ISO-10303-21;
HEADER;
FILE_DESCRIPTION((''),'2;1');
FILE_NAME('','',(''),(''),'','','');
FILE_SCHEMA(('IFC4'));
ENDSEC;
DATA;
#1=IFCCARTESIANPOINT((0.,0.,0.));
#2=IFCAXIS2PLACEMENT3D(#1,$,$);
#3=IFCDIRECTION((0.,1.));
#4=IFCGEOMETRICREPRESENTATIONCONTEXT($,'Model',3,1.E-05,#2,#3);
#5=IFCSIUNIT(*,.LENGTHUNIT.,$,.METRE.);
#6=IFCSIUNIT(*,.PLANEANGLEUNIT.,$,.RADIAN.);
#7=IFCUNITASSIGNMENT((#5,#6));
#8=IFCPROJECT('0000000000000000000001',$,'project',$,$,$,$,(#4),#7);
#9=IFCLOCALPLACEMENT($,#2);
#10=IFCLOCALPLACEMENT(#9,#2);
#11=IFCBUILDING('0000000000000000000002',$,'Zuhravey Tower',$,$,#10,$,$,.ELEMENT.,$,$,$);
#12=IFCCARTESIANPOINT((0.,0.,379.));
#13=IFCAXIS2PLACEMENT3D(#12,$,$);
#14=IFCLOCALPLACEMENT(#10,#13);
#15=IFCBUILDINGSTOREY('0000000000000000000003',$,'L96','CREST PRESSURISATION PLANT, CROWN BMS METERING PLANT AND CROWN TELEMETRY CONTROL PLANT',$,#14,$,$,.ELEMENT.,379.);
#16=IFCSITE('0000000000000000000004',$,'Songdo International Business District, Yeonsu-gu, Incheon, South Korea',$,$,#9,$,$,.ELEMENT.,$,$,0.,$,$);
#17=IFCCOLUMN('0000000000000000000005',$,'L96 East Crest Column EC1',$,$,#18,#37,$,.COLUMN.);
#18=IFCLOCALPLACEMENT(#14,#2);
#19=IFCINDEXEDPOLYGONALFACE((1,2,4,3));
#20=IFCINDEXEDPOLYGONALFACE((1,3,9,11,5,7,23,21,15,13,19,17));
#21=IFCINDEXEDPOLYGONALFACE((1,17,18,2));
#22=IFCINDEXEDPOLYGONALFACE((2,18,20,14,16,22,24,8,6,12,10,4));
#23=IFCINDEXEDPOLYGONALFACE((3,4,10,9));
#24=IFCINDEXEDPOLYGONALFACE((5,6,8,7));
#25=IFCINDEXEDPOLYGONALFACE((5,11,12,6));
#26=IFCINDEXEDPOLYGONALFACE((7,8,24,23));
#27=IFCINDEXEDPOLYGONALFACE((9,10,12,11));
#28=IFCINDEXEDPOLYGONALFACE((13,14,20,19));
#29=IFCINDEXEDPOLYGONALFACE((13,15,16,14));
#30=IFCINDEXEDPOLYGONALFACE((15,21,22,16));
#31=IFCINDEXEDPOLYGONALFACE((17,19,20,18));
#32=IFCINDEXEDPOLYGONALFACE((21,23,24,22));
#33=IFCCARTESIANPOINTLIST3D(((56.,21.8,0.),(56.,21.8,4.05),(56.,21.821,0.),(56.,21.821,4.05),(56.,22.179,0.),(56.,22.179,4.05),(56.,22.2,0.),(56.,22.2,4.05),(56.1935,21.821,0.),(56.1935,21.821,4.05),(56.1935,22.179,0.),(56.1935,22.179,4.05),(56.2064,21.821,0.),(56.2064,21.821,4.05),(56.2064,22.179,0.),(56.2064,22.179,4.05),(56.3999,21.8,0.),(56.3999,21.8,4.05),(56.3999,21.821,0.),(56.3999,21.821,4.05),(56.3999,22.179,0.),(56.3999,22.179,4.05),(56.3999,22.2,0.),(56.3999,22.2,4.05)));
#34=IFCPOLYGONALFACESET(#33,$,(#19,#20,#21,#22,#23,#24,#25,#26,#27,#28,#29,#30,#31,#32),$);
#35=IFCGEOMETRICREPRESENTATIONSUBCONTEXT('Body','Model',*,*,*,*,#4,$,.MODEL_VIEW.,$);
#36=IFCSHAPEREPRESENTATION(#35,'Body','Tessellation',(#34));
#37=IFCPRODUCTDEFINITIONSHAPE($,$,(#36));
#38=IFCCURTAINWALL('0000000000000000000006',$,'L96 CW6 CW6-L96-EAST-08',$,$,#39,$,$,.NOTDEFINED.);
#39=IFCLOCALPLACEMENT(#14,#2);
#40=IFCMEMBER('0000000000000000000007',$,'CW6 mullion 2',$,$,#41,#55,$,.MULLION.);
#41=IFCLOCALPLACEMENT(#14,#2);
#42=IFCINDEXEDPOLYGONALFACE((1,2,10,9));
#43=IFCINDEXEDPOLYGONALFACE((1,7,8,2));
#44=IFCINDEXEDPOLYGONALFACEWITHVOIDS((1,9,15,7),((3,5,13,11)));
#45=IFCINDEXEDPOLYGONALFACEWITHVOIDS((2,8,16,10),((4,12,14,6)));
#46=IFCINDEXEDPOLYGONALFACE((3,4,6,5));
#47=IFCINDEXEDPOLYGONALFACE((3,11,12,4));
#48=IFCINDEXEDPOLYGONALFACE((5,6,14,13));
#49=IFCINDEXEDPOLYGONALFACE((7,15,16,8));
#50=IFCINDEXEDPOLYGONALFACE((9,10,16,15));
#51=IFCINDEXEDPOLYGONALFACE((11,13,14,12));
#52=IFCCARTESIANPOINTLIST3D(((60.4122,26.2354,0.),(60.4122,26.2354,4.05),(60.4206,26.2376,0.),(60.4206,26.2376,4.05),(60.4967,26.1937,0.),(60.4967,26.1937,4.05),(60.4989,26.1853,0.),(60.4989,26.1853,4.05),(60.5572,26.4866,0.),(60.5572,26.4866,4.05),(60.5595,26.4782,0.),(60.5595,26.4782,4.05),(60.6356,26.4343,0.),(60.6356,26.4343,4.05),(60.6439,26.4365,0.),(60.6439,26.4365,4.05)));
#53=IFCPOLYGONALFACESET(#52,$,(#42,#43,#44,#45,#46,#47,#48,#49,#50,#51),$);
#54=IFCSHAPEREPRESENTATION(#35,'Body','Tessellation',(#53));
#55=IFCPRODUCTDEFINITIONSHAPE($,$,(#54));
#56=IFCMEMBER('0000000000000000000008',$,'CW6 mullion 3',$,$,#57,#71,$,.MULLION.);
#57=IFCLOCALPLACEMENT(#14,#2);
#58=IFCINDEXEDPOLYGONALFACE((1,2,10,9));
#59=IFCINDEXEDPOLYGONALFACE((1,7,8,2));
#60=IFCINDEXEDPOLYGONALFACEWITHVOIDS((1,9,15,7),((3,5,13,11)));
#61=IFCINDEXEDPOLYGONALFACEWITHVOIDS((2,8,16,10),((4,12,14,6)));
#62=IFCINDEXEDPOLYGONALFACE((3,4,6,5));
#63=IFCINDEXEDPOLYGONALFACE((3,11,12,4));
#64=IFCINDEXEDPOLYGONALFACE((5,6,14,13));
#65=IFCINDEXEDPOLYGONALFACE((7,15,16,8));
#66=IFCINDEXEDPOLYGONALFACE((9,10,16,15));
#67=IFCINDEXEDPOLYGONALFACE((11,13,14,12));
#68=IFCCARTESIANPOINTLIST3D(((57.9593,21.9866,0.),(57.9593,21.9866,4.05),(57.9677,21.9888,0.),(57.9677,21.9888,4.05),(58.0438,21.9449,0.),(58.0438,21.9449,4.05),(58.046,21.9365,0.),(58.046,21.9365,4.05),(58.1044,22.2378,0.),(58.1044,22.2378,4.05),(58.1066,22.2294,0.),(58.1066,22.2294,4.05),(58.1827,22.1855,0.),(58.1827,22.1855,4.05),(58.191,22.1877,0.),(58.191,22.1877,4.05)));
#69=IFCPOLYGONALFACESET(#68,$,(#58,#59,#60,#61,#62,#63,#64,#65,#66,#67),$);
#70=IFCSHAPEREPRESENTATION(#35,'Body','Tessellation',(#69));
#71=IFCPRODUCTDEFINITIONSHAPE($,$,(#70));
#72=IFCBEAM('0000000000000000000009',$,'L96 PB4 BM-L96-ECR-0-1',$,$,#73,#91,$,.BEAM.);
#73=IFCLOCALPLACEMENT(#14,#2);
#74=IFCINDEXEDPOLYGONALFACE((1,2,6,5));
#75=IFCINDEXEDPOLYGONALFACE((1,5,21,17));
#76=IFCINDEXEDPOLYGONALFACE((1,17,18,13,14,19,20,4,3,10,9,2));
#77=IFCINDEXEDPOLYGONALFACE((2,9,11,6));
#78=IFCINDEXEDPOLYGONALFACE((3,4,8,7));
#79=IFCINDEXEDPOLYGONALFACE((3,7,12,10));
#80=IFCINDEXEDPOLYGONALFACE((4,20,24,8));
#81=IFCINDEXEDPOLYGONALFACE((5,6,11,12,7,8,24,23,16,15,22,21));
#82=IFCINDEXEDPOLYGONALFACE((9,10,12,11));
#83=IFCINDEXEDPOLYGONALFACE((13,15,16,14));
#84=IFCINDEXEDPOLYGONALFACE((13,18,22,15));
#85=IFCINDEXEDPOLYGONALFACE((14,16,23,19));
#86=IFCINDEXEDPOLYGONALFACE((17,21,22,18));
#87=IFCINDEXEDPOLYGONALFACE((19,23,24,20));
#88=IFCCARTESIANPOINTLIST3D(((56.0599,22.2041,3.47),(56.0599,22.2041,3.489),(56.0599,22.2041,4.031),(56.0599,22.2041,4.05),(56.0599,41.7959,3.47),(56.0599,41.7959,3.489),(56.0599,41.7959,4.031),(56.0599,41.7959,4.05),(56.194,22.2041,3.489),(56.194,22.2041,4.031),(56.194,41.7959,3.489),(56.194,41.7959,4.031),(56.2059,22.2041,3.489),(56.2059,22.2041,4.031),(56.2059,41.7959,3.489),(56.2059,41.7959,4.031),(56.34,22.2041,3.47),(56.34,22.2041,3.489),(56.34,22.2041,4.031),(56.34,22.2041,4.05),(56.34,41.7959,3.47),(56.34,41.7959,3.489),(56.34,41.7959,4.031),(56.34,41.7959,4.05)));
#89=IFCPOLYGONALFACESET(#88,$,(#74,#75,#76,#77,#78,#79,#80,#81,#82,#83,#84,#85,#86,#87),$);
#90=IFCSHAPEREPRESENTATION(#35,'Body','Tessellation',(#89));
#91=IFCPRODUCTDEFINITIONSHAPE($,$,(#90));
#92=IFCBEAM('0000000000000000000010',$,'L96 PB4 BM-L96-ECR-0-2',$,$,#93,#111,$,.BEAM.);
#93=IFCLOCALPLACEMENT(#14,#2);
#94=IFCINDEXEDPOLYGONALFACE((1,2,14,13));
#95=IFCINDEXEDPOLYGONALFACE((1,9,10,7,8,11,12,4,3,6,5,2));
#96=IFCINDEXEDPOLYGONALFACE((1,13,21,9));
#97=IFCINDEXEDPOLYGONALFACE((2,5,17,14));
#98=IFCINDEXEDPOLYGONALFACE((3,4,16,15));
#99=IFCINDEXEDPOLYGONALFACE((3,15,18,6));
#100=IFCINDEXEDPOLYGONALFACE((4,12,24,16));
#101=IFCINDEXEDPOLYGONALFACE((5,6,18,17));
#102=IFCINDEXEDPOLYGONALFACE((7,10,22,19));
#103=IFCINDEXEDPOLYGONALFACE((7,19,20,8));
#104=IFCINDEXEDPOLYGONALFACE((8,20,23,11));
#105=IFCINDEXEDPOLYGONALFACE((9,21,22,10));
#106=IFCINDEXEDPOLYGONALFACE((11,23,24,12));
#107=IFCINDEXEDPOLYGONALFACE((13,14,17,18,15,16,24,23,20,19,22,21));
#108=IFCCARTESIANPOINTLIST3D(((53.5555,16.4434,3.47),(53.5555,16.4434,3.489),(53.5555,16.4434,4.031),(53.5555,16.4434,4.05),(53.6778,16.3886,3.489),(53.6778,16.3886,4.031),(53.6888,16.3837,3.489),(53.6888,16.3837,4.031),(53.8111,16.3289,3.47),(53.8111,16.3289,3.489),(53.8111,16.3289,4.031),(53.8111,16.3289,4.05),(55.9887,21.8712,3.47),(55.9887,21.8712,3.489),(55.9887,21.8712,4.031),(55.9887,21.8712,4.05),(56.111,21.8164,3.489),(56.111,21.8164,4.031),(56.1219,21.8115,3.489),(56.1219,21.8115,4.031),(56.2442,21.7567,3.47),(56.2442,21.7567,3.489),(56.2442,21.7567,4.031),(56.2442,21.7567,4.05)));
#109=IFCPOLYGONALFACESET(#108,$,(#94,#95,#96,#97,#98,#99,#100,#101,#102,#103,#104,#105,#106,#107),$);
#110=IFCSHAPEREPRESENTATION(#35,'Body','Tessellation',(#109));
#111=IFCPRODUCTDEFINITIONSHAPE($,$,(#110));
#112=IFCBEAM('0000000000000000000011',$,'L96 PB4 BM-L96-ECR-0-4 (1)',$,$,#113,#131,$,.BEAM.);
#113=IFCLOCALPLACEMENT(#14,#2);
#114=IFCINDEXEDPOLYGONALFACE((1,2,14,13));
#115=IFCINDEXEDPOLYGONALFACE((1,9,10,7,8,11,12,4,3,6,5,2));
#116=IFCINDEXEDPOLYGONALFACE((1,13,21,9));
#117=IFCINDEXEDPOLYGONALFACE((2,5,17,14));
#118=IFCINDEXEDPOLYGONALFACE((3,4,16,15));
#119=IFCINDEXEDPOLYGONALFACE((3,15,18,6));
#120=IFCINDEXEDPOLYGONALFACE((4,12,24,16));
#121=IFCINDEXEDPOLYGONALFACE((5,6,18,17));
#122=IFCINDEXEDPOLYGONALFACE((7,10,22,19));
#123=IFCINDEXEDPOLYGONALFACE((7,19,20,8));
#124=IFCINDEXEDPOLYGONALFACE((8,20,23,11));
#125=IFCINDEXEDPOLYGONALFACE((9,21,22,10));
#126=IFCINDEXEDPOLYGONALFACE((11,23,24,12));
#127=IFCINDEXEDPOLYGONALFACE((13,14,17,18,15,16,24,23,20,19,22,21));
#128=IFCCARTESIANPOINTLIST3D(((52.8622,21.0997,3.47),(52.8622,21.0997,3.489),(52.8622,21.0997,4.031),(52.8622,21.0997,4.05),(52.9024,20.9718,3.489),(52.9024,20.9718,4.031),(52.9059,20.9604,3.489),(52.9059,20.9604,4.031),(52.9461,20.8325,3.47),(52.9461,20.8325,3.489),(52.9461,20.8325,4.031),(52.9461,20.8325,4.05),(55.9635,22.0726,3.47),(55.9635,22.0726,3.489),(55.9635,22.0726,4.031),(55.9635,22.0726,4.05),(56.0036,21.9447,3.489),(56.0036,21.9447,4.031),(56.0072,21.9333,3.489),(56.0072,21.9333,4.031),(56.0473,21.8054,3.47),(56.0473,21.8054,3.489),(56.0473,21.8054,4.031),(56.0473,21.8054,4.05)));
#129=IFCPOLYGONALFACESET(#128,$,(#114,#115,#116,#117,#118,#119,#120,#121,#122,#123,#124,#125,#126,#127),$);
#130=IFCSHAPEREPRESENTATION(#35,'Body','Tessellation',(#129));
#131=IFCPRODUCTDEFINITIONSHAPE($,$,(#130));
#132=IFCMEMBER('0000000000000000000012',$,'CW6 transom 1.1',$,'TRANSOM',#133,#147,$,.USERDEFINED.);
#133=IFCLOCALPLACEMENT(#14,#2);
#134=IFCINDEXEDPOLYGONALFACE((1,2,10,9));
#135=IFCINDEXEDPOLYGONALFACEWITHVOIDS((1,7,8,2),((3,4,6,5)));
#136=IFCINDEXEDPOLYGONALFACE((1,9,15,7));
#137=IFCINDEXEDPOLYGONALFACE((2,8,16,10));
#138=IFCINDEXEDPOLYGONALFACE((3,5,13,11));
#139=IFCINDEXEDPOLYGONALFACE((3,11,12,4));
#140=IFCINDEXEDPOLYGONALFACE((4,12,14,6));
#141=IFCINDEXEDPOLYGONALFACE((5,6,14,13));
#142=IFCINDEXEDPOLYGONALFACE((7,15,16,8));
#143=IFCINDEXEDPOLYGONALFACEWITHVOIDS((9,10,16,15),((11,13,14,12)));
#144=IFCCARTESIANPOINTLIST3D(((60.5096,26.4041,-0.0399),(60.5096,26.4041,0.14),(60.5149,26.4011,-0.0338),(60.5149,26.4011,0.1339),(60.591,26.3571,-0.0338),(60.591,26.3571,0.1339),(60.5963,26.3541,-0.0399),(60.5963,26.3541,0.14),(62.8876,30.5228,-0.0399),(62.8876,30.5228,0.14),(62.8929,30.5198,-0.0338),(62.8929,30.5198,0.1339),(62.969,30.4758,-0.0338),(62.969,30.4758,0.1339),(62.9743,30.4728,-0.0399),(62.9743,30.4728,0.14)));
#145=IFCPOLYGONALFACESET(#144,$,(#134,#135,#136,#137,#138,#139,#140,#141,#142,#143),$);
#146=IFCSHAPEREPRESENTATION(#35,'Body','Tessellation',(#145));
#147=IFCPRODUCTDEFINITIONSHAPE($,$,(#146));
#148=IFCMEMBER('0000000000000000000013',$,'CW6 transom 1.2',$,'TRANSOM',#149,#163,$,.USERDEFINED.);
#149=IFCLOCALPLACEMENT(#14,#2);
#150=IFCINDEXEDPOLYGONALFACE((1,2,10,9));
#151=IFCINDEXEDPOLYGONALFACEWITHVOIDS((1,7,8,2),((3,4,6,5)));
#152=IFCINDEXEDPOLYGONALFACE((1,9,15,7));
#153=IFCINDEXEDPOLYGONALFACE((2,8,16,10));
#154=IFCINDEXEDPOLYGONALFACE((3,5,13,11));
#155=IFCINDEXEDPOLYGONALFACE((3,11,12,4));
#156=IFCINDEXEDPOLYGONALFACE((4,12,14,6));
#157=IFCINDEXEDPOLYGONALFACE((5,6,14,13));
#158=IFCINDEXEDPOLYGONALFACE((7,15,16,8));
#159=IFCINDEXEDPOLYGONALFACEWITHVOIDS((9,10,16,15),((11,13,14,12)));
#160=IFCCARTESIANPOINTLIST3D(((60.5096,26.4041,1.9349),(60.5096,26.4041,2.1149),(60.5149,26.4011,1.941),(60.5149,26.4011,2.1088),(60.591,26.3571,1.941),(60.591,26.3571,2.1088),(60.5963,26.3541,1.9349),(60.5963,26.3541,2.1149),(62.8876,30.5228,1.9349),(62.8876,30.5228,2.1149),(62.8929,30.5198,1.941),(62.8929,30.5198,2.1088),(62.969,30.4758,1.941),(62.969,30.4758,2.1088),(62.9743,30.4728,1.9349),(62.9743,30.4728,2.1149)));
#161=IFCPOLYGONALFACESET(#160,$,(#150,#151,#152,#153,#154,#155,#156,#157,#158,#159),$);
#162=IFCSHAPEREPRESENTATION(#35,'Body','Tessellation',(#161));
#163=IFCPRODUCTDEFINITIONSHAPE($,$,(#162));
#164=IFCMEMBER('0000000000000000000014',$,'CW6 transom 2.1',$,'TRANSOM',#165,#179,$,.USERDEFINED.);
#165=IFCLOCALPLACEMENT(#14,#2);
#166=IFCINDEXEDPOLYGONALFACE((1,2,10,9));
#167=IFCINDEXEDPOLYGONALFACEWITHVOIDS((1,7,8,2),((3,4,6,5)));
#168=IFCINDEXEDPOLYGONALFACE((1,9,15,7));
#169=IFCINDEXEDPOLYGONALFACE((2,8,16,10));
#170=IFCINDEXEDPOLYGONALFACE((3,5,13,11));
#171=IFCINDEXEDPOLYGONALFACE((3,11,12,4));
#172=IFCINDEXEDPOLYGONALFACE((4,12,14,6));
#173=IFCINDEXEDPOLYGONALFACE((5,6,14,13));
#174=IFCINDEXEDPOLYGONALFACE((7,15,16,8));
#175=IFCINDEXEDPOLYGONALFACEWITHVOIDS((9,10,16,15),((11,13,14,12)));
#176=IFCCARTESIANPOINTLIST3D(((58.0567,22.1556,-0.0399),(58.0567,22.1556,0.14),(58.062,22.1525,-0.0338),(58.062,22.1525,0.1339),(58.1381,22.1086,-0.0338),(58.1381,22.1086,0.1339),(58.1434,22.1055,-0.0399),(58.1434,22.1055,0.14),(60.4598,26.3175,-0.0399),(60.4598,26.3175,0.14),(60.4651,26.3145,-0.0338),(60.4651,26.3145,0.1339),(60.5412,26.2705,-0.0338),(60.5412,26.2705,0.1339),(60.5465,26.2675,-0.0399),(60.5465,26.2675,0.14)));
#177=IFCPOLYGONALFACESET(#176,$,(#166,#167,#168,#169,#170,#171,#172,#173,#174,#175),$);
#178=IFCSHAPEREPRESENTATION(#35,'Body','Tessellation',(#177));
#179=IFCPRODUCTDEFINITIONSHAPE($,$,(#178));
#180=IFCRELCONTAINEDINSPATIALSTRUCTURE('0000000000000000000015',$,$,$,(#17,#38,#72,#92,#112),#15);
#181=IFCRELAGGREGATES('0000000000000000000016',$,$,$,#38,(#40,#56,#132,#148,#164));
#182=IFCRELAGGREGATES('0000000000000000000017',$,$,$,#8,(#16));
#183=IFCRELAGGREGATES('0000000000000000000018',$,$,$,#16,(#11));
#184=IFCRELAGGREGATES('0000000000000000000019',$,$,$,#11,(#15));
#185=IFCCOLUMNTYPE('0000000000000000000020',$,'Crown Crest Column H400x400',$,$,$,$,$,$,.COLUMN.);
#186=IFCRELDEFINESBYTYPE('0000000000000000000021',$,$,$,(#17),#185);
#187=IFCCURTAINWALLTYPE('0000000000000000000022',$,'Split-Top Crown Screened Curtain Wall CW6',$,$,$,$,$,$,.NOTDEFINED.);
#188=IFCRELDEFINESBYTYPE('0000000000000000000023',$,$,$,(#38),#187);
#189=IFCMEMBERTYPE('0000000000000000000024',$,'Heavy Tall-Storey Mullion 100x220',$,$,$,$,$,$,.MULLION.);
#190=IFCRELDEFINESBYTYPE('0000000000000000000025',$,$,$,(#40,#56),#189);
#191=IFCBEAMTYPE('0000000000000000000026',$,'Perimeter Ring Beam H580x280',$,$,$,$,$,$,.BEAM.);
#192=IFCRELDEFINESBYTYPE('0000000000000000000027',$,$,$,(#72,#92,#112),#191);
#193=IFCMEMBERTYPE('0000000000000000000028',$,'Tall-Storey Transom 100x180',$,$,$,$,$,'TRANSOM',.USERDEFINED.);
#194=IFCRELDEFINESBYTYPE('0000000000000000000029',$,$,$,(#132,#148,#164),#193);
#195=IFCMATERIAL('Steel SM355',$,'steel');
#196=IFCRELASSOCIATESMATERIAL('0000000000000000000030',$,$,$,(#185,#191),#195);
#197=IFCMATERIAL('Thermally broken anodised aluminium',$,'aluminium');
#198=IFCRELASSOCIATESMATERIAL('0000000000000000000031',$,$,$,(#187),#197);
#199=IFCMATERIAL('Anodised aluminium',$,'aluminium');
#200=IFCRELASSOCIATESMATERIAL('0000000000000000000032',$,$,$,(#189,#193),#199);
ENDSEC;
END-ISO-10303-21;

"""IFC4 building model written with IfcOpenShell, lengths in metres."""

from ifc_helpers import new_model, si_unit, direction, frame, origin, origin_2d, place, context, subcontext, project, spatial, hollow_rectangle, i_section, extrude, material, material_profile, profile_set, type_object, element, aggregate, save


model = new_model("IFC4")

# Units and contexts
model_context = context("Model", 3, precision=1e-05, world=origin(), true_north=direction((0.0, 1.0)))
body_context = subcontext(model_context, "Body", "Model", "MODEL_VIEW")
ifc_project = project(units=[si_unit("LENGTHUNIT", "METRE"), si_unit("PLANEANGLEUNIT", "RADIAN")], contexts=[model_context])

# Site, building, storey
site_placement = place(None, origin())
site = spatial("IfcSite", under=ifc_project, at=site_placement, Name="Songdo International Business District, Yeonsu-gu, Incheon, South Korea", CompositionType="ELEMENT", RefElevation=0.0)
building_placement = place(site_placement, origin())
building = spatial("IfcBuilding", under=site, at=building_placement, Name="Zuhravey Tower", CompositionType="ELEMENT")
storey_placement = place(building_placement, frame((0.0, 0.0, 379.0)))
storey = spatial("IfcBuildingStorey", under=building, at=storey_placement, Name="L96", Description="CREST PRESSURISATION PLANT, CROWN BMS METERING PLANT AND CROWN TELEMETRY CONTROL PLANT", CompositionType="ELEMENT", Elevation=379.0)

# Column
ifc_material_1 = material(Name="Steel SM355", Category="steel")
ifc_material_profile_1 = material_profile(ifc_material_1, i_section(OverallWidth=0.3999, OverallDepth=0.3999, WebThickness=0.0129, FlangeThickness=0.021, at=origin_2d()), Name="H-400x400x13x21")
ifc_profile_set_1 = profile_set([ifc_material_profile_1], Name="Steel SM355")
column_type = type_object("IfcColumnType", Name="Crown Crest Column H400x400", PredefinedType="COLUMN", material=ifc_profile_set_1)
column_placement = place(storey_placement, frame((56.2, 22.0, 0.0), z_axis=(0.0, 0.0, 1.0), x_axis=(1.0, 0.0, 0.0)))
element("IfcColumn", 1, at=column_placement, inside=storey, type_object=column_type, Name="L96 East Crest Column EC1", PredefinedType="COLUMN", context=body_context, shape_type="SweptSolid", body=[
    extrude(i_section(OverallWidth=0.3999, OverallDepth=0.3999, WebThickness=0.0129, FlangeThickness=0.021, at=origin_2d()), origin(), (0.0, 0.0, 1.0), 4.05),
])

# Curtain wall, members
ifc_material_2 = material(Name="Thermally broken anodised aluminium", Category="aluminium")
curtain_wall_type = type_object("IfcCurtainWallType", Name="Split-Top Crown Screened Curtain Wall CW6", PredefinedType="NOTDEFINED", material=ifc_material_2)
curtain_wall_placement = place(storey_placement, origin())
curtain_wall = element("IfcCurtainWall", 2, at=curtain_wall_placement, inside=storey, type_object=curtain_wall_type, Name="L96 CW6 CW6-L96-EAST-08", PredefinedType="NOTDEFINED")
ifc_material_3 = material(Name="Anodised aluminium", Category="aluminium")
ifc_material_profile_2 = material_profile(ifc_material_3, hollow_rectangle(XDim=0.1001, YDim=0.29, WallThickness=0.0061, at=origin_2d()), Name="ALU-RHS-100x290x6")
ifc_profile_set_2 = profile_set([ifc_material_profile_2], Name="Anodised aluminium")
member_type_1 = type_object("IfcMemberType", Name="Heavy Tall-Storey Mullion 100x220", PredefinedType="MULLION", material=ifc_profile_set_2)
member_1_placement = place(storey_placement, frame((60.5281, 26.3359, 0.0), z_axis=(0.0, 0.0, 1.0), x_axis=(0.866027, -0.499997, 0.0)))
member_1 = element("IfcMember", 3, at=member_1_placement, type_object=member_type_1, Name="CW6 mullion 2", PredefinedType="MULLION", context=body_context, shape_type="SweptSolid", body=[
    extrude(hollow_rectangle(XDim=0.1001, YDim=0.29, WallThickness=0.0061, at=origin_2d()), origin(), (0.0, 0.0, 1.0), 4.05),
])
member_2_placement = place(storey_placement, frame((58.0752, 22.0872, 0.0), z_axis=(0.0, 0.0, 1.0), x_axis=(0.866027, -0.499997, 0.0)))
member_2 = element("IfcMember", 4, at=member_2_placement, type_object=member_type_1, Name="CW6 mullion 3", PredefinedType="MULLION", context=body_context, shape_type="SweptSolid", body=[
    extrude(hollow_rectangle(XDim=0.1001, YDim=0.29, WallThickness=0.0061, at=origin_2d()), origin(), (0.0, 0.0, 1.0), 4.05),
])

# Beams
ifc_material_profile_3 = material_profile(ifc_material_1, i_section(OverallWidth=0.28, OverallDepth=0.5801, WebThickness=0.012, FlangeThickness=0.019, at=origin_2d()), Name="H-580x280x12x19")
ifc_profile_set_3 = profile_set([ifc_material_profile_3], Name="Steel SM355")
beam_type = type_object("IfcBeamType", Name="Perimeter Ring Beam H580x280", PredefinedType="BEAM", material=ifc_profile_set_3)
beam_1_placement = place(storey_placement, frame((56.2, 22.2041, 3.76), z_axis=(0.0, 1.0, 0.0), x_axis=(-1.0, 0.0, 0.0)))
element("IfcBeam", 5, at=beam_1_placement, inside=storey, type_object=beam_type, Name="L96 PB4 BM-L96-ECR-0-1", PredefinedType="BEAM", context=body_context, shape_type="SweptSolid", body=[
    extrude(i_section(OverallWidth=0.28, OverallDepth=0.5801, WebThickness=0.012, FlangeThickness=0.019, at=origin_2d()), origin(), (0.0, 0.0, 1.0), 19.5918),
])
beam_2_placement = place(storey_placement, frame((56.1165, 21.814, 3.76), z_axis=(-0.409054, -0.91251, 0.0), x_axis=(0.91251, -0.409054, 0.0)))
element("IfcBeam", 6, at=beam_2_placement, inside=storey, type_object=beam_type, Name="L96 PB4 BM-L96-ECR-0-2", PredefinedType="BEAM", context=body_context, shape_type="SweptSolid", body=[
    extrude(i_section(OverallWidth=0.28, OverallDepth=0.5801, WebThickness=0.012, FlangeThickness=0.019, at=origin_2d()), origin(), (0.0, 0.0, 1.0), 5.9482),
])
beam_3_placement = place(storey_placement, frame((56.0054, 21.939, 3.76), z_axis=(-0.954152, -0.299323, 0.0), x_axis=(0.299323, -0.954152, 0.0)))
element("IfcBeam", 7, at=beam_3_placement, inside=storey, type_object=beam_type, Name="L96 PB4 BM-L96-ECR-0-4 (1)", PredefinedType="BEAM", context=body_context, shape_type="SweptSolid", body=[
    extrude(i_section(OverallWidth=0.28, OverallDepth=0.5801, WebThickness=0.012, FlangeThickness=0.019, at=origin_2d()), origin(), (0.0, 0.0, 1.0), 3.2502),
])

# Members
ifc_material_profile_4 = material_profile(ifc_material_3, hollow_rectangle(XDim=0.1001, YDim=0.1799, WallThickness=0.0061, at=origin_2d()), Name="ALU-RHS-100x180x6")
ifc_profile_set_4 = profile_set([ifc_material_profile_4], Name="Anodised aluminium")
member_type_2 = type_object("IfcMemberType", Name="Tall-Storey Transom 100x180", ElementType="TRANSOM", PredefinedType="USERDEFINED", material=ifc_profile_set_4)
member_3_placement = place(storey_placement, frame((62.9309, 30.4978, 0.05), z_axis=(-0.500004, -0.866023, 0.0), x_axis=(0.866023, -0.500004, 0.0)))
member_3 = element("IfcMember", 8, at=member_3_placement, type_object=member_type_2, Name="CW6 transom 1.1", ObjectType="TRANSOM", PredefinedType="USERDEFINED", context=body_context, shape_type="SweptSolid", body=[
    extrude(hollow_rectangle(XDim=0.1001, YDim=0.1799, WallThickness=0.0061, at=origin_2d()), origin(), (0.0, 0.0, 1.0), 4.7559),
])
member_4_placement = place(storey_placement, frame((62.9309, 30.4978, 2.0249), z_axis=(-0.500004, -0.866023, 0.0), x_axis=(0.866023, -0.500004, 0.0)))
member_4 = element("IfcMember", 9, at=member_4_placement, type_object=member_type_2, Name="CW6 transom 1.2", ObjectType="TRANSOM", PredefinedType="USERDEFINED", context=body_context, shape_type="SweptSolid", body=[
    extrude(hollow_rectangle(XDim=0.1001, YDim=0.1799, WallThickness=0.0061, at=origin_2d()), origin(), (0.0, 0.0, 1.0), 4.7559),
])
member_5_placement = place(storey_placement, frame((60.5032, 26.2925, 0.05), z_axis=(-0.500035, -0.866005, 0.0), x_axis=(0.866005, -0.500035, 0.0)))
member_5 = element("IfcMember", 10, at=member_5_placement, type_object=member_type_2, Name="CW6 transom 2.1", ObjectType="TRANSOM", PredefinedType="USERDEFINED", context=body_context, shape_type="SweptSolid", body=[
    extrude(hollow_rectangle(XDim=0.1001, YDim=0.1799, WallThickness=0.0061, at=origin_2d()), origin(), (0.0, 0.0, 1.0), 4.8059),
])

aggregate(curtain_wall, [member_1, member_2, member_3, member_4, member_5])

save(model, "model.ifc")
